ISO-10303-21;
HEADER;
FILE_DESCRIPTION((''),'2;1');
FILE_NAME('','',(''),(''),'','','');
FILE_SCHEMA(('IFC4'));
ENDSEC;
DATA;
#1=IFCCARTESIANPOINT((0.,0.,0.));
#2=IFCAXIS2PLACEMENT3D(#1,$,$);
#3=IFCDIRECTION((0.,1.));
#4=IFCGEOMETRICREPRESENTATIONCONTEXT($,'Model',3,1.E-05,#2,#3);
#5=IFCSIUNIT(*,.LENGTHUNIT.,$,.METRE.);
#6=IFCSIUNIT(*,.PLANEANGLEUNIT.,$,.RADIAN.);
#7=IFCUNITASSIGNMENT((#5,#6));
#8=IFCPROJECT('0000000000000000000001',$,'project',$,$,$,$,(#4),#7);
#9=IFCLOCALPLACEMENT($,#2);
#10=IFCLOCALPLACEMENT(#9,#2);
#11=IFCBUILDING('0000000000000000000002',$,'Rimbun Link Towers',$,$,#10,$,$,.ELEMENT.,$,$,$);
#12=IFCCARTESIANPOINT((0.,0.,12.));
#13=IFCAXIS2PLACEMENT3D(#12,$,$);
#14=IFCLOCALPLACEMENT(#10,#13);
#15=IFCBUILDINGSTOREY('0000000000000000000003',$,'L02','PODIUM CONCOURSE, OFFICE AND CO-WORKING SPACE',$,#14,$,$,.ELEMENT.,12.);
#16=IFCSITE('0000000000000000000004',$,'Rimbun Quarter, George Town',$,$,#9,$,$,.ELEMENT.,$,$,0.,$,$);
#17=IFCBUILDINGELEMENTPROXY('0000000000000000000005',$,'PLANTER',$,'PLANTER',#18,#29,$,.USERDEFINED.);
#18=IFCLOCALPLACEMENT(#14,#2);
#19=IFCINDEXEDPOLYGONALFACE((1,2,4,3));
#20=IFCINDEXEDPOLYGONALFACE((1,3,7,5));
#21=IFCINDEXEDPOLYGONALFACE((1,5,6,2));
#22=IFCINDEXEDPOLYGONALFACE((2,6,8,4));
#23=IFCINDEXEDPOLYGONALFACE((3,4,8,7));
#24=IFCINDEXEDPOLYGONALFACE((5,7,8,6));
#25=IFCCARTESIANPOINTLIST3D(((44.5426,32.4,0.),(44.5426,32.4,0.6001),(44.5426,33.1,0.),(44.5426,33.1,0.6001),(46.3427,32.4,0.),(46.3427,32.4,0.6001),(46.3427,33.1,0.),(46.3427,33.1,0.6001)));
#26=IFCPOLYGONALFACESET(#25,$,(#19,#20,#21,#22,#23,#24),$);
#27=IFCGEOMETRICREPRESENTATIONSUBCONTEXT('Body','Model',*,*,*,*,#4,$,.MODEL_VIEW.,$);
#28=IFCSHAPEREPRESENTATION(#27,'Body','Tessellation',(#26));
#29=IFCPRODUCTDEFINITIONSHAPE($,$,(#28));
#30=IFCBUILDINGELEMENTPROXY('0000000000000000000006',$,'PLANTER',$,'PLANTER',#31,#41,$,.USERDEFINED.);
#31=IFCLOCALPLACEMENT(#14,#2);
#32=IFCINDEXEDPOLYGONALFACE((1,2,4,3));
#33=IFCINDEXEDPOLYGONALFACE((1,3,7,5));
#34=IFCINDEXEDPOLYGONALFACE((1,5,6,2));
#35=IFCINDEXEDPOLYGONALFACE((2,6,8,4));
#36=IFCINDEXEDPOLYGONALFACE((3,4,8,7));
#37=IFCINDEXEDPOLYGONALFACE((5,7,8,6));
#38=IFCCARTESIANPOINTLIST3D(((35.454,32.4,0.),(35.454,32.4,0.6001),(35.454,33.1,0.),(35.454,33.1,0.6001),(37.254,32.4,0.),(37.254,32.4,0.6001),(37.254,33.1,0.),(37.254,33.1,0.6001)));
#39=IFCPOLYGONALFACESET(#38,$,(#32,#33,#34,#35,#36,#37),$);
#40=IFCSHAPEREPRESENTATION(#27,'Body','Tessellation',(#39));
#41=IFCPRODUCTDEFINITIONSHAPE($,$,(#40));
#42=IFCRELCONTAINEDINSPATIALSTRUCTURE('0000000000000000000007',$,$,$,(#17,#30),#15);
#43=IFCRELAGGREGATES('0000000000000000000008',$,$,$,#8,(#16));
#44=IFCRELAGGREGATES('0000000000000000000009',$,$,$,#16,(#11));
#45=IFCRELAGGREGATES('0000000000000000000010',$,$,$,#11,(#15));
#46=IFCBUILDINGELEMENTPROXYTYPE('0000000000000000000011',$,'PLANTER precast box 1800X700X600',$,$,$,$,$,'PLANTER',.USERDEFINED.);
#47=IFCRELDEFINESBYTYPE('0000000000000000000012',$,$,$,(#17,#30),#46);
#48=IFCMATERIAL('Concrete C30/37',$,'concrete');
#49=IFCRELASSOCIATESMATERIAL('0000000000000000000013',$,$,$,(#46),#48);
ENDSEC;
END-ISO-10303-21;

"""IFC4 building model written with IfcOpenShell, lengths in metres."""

from ifc_helpers import new_model, si_unit, direction, frame, origin, origin_2d, place, context, subcontext, project, spatial, rectangle, extrude, material, type_object, element, save


model = new_model("IFC4")

# Units and contexts
model_context = context("Model", 3, precision=1e-05, world=origin(), true_north=direction((0.0, 1.0)))
body_context = subcontext(model_context, "Body", "Model", "MODEL_VIEW")
ifc_project = project(units=[si_unit("LENGTHUNIT", "METRE"), si_unit("PLANEANGLEUNIT", "RADIAN")], contexts=[model_context])

# Site, building, storey
site_placement = place(None, origin())
site = spatial("IfcSite", under=ifc_project, at=site_placement, Name="Rimbun Quarter, George Town", CompositionType="ELEMENT", RefElevation=0.0)
building_placement = place(site_placement, origin())
building = spatial("IfcBuilding", under=site, at=building_placement, Name="Rimbun Link Towers", CompositionType="ELEMENT")
storey_placement = place(building_placement, frame((0.0, 0.0, 12.0)))
storey = spatial("IfcBuildingStorey", under=building, at=storey_placement, Name="L02", Description="PODIUM CONCOURSE, OFFICE AND CO-WORKING SPACE", CompositionType="ELEMENT", Elevation=12.0)

# Building element proxies
ifc_material_1 = material(Name="Concrete C30/37", Category="concrete")
building_element_proxy_type = type_object("IfcBuildingElementProxyType", Name="PLANTER precast box 1800X700X600", ElementType="PLANTER", PredefinedType="USERDEFINED", material=ifc_material_1)
for number, where, z_axis, x_axis, name in (
    (1, (45.4426, 32.75, 0.0), (0.0, 0.0, 1.0), (-1.0, 0.0, 0.0), "PLANTER"),
    (2, (36.354, 32.75, 0.0), (0.0, 0.0, 1.0), (-1.0, 0.0, 0.0), "PLANTER"),
):
    element("IfcBuildingElementProxy", number, at=place(storey_placement, frame(where, z_axis=z_axis, x_axis=x_axis)), inside=storey, type_object=building_element_proxy_type, Name=name, ObjectType="PLANTER", PredefinedType="USERDEFINED", context=body_context, shape_type="SweptSolid", body=[
        extrude(rectangle(XDim=1.8, YDim=0.7, at=origin_2d()), origin(), (0.0, 0.0, 1.0), 0.6001),
    ])

save(model, "model.ifc")
